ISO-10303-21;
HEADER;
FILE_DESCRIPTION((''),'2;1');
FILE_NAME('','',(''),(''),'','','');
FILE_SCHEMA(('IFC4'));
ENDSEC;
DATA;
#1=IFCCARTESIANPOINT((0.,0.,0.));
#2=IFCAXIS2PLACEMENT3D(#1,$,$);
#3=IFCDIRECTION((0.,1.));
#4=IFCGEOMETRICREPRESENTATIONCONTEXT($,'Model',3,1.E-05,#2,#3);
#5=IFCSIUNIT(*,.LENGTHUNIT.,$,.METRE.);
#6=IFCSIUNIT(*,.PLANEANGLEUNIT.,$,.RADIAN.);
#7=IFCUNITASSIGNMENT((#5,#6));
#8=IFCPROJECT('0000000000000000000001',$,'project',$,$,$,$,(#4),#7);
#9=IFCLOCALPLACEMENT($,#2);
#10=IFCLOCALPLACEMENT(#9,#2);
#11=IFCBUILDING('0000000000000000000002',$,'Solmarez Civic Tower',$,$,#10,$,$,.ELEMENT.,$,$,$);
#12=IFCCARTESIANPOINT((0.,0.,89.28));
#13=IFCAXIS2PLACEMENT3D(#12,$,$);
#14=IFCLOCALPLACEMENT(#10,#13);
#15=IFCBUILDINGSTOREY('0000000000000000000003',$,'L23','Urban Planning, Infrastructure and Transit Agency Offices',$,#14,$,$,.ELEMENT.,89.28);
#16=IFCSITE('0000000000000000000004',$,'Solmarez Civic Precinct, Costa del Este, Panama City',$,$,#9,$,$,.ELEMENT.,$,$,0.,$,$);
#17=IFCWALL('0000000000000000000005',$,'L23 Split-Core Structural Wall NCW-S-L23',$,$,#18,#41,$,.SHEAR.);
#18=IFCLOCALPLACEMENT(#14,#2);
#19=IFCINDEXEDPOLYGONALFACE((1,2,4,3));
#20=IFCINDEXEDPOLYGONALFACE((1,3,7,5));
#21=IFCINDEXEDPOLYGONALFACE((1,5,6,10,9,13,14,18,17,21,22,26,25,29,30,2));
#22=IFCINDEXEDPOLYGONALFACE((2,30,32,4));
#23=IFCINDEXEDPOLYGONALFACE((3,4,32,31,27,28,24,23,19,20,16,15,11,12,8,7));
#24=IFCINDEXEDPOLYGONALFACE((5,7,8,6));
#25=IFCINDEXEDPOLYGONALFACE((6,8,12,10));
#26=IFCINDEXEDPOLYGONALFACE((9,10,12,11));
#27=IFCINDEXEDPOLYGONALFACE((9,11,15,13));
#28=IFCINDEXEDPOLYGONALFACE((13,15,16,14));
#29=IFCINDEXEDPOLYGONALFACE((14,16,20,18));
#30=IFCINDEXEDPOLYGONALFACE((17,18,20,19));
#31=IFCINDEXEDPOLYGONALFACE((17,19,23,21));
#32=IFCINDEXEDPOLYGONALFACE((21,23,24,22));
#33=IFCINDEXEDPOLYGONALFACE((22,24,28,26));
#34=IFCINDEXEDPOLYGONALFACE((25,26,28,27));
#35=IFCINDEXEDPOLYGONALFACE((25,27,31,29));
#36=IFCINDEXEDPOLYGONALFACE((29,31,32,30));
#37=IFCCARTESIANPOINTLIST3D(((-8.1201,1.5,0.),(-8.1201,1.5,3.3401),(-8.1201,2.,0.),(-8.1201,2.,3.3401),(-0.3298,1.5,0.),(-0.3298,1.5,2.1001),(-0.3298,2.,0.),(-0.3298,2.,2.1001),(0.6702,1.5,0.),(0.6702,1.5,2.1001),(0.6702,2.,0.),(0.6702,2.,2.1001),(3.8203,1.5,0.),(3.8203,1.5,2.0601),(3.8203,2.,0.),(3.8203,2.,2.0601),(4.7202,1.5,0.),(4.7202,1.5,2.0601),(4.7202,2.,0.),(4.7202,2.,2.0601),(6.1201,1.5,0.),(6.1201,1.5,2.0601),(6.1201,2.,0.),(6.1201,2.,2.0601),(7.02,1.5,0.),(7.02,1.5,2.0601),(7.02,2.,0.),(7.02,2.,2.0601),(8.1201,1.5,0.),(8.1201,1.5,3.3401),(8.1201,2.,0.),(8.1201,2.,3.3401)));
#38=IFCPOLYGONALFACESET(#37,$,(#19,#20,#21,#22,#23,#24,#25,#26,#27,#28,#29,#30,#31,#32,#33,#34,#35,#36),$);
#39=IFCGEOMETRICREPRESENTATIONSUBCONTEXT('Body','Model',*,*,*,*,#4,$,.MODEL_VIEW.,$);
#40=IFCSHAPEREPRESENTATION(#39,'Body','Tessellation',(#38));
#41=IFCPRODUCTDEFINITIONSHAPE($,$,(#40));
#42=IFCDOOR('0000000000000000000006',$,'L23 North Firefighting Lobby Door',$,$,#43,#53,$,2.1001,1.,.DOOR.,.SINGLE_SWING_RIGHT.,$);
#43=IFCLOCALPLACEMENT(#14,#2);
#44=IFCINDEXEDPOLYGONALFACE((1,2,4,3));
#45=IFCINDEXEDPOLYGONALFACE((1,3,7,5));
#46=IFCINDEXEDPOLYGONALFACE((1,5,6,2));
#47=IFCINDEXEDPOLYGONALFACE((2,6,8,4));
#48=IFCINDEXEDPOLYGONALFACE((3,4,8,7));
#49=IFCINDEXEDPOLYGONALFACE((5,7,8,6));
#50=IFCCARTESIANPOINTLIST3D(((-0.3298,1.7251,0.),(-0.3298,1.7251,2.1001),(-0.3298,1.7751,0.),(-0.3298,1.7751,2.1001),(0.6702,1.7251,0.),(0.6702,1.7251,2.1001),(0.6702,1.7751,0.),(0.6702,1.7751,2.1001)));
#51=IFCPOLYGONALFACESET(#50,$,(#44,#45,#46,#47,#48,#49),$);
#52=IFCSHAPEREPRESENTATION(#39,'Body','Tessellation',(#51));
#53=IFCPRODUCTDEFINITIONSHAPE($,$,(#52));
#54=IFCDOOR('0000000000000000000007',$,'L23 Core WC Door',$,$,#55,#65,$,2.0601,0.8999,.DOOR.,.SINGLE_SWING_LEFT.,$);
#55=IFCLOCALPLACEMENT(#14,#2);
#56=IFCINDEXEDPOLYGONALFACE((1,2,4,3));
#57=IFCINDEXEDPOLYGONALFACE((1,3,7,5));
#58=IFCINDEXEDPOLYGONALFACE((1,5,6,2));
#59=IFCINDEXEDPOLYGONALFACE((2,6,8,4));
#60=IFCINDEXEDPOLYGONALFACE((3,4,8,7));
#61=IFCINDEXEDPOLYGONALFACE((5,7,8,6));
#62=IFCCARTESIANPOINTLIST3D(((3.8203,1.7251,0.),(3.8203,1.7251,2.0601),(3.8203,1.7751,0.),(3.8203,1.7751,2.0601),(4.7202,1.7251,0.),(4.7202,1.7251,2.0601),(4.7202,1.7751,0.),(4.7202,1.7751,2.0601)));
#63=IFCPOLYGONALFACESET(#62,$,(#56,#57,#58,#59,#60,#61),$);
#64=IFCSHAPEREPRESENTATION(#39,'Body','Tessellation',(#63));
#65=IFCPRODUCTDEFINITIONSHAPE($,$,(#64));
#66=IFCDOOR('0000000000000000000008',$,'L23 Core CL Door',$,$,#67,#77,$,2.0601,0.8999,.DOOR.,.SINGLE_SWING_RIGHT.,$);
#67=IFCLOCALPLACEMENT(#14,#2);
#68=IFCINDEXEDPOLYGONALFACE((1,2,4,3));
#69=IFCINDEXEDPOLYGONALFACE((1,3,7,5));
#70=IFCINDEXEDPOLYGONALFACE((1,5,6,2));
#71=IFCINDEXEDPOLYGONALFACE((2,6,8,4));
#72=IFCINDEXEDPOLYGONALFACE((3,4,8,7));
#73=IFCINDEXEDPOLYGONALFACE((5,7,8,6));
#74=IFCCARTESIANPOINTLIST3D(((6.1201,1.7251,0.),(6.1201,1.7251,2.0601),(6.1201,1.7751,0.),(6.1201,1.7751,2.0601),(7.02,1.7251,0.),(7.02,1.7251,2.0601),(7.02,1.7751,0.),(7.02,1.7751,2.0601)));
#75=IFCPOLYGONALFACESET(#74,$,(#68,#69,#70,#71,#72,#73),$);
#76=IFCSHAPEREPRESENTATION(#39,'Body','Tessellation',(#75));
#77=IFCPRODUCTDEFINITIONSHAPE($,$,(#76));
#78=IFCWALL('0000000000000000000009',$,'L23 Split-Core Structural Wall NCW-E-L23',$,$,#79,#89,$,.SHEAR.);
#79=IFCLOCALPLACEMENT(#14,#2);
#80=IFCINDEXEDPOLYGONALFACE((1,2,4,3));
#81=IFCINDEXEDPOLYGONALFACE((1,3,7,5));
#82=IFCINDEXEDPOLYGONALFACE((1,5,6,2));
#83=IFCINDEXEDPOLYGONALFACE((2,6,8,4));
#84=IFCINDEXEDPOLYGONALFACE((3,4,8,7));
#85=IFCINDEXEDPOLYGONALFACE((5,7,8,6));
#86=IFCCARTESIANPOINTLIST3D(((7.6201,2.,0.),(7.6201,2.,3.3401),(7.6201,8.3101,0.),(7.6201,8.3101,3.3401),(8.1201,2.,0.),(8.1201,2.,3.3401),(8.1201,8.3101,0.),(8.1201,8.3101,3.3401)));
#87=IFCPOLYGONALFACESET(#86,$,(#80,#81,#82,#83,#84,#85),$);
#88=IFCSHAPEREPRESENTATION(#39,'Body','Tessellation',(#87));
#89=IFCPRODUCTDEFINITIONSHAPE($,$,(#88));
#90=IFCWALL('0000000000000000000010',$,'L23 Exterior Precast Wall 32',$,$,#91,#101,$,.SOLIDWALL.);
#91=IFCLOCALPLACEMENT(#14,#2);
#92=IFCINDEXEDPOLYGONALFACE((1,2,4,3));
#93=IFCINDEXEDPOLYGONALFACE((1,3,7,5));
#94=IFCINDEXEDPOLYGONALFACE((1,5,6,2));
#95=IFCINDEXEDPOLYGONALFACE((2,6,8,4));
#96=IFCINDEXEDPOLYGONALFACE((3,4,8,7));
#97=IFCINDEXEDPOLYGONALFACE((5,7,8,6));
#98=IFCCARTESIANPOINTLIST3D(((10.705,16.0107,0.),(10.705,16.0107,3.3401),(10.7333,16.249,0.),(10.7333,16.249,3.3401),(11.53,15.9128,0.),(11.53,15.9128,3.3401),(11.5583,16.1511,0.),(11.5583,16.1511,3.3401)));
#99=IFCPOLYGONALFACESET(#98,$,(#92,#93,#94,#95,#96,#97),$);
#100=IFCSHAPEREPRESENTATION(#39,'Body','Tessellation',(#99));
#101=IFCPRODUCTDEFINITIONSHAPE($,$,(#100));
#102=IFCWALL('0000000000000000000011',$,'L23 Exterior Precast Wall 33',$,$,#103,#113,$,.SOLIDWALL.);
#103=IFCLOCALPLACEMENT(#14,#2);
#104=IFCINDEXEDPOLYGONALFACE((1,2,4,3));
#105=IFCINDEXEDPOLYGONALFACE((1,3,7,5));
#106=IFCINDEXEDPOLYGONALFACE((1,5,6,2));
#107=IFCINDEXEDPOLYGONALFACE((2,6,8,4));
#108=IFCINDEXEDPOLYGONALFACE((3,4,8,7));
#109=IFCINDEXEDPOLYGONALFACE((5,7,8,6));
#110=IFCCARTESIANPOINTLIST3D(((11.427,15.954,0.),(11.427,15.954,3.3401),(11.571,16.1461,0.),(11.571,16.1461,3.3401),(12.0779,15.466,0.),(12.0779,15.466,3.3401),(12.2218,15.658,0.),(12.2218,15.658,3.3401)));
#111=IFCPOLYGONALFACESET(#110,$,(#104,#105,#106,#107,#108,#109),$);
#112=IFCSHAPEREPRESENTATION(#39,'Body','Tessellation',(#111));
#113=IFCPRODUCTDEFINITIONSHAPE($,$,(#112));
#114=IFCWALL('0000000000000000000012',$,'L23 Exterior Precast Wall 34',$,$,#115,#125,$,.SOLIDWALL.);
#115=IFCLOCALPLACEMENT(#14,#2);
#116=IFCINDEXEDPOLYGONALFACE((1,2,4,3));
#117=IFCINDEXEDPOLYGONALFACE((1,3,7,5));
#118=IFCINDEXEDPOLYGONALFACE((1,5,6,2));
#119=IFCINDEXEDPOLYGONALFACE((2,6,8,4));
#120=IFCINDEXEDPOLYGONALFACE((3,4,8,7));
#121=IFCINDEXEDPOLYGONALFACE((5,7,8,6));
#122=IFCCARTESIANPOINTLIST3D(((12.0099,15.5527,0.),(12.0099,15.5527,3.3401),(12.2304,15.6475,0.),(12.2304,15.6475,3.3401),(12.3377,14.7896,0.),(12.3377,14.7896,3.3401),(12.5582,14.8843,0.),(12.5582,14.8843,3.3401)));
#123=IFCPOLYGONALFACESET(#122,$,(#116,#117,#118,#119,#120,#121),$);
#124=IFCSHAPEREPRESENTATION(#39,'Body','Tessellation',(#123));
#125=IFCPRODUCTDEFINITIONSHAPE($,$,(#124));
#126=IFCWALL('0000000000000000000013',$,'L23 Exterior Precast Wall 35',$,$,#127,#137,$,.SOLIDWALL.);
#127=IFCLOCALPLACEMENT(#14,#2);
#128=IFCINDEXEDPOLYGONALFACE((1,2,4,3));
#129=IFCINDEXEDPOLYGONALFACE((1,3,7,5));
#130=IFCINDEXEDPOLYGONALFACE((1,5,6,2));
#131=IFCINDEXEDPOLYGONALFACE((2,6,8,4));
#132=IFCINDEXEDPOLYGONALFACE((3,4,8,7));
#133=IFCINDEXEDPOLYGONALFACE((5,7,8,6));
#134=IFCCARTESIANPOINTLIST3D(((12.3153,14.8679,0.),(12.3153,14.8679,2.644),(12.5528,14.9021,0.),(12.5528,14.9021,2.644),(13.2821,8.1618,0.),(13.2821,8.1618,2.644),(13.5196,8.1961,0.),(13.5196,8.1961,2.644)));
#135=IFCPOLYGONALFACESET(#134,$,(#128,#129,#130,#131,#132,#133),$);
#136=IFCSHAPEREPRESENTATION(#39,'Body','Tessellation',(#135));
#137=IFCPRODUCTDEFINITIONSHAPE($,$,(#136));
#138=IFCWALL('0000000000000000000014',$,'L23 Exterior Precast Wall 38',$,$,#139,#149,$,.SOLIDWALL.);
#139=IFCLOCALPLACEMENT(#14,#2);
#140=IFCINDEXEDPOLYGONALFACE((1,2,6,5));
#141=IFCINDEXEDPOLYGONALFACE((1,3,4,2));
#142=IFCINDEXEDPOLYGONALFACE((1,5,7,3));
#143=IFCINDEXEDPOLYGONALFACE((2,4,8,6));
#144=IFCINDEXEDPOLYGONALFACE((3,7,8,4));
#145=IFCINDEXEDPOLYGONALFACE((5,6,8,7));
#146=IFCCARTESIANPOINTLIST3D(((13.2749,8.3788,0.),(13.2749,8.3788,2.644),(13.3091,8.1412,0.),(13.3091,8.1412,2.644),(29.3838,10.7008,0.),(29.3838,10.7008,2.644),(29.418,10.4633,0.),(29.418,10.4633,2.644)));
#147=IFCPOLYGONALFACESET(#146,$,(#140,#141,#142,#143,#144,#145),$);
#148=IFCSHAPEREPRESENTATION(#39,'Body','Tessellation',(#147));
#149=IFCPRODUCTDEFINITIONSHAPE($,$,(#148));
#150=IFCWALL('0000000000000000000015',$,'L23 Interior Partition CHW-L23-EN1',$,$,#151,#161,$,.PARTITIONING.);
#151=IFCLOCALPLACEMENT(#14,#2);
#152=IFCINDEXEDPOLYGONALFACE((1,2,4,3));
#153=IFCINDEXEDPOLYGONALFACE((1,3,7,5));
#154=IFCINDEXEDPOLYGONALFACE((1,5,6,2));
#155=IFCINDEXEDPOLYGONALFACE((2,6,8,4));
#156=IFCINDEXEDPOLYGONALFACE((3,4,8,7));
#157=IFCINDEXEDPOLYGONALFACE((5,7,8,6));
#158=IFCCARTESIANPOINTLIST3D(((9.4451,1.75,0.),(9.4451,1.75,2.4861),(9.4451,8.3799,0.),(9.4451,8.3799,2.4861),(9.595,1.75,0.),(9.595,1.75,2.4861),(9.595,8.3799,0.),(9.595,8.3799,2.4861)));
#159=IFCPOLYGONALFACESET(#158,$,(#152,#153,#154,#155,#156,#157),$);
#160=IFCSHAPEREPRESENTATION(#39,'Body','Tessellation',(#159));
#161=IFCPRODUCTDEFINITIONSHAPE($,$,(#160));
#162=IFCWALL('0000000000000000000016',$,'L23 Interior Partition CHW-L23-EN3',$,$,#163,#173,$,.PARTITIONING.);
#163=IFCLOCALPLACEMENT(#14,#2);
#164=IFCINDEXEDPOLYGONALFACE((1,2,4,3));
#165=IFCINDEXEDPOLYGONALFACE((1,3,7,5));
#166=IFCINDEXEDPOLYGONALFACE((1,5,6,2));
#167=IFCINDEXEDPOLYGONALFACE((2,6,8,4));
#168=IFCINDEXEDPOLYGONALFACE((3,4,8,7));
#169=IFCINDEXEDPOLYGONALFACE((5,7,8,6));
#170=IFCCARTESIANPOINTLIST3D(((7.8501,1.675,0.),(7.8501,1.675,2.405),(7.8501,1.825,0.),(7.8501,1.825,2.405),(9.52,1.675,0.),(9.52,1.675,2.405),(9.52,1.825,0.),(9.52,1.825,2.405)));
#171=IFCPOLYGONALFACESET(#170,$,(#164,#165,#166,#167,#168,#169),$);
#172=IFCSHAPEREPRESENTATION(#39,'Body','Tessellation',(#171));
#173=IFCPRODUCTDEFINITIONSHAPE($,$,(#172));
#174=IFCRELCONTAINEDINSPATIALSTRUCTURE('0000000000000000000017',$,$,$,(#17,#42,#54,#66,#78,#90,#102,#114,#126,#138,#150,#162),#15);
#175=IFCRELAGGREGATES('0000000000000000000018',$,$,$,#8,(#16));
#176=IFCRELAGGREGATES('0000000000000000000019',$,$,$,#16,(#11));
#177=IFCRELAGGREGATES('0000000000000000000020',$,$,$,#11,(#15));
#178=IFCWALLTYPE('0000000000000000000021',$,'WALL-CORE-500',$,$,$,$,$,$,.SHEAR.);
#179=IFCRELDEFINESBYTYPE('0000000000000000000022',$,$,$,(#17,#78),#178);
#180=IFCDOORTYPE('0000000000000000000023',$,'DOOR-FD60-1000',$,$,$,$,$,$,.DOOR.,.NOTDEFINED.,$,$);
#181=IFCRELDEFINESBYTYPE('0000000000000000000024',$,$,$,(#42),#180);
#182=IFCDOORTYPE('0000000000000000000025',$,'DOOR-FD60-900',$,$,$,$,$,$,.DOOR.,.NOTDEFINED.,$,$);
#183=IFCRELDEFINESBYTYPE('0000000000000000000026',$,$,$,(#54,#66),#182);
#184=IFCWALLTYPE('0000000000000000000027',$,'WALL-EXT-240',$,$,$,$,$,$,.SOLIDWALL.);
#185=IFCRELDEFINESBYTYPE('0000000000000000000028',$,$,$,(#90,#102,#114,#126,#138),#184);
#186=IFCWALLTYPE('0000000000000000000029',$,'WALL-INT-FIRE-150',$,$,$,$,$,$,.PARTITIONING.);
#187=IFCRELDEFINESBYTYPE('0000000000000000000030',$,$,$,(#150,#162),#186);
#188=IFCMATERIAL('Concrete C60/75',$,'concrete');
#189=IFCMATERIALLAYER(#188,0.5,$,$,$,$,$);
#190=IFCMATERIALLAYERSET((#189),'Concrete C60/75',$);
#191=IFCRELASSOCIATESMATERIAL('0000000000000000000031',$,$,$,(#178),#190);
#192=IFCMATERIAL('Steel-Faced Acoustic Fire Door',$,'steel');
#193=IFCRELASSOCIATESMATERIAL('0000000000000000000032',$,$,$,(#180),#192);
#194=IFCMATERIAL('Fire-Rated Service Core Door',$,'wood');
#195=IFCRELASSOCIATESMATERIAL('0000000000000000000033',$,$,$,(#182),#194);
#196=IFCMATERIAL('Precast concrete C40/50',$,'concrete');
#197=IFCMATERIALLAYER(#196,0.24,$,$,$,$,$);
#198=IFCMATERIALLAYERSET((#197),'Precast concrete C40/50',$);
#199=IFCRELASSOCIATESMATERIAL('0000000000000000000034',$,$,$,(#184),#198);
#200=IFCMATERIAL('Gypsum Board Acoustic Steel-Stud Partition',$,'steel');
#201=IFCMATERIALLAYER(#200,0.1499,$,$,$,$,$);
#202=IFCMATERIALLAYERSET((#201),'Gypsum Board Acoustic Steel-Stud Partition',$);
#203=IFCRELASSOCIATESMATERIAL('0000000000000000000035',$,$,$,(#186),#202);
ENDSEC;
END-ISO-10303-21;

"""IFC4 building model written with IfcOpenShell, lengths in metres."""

from ifc_helpers import new_model, si_unit, direction, frame, frame_2d, origin, place, context, subcontext, project, spatial, rectangle, extrude, material, layer, layer_set, type_object, element, fill, save


model = new_model("IFC4")

# Units and contexts
model_context = context("Model", 3, precision=1e-05, world=origin(), true_north=direction((0.0, 1.0)))
body_context = subcontext(model_context, "Body", "Model", "MODEL_VIEW")
ifc_project = project(units=[si_unit("LENGTHUNIT", "METRE"), si_unit("PLANEANGLEUNIT", "RADIAN")], contexts=[model_context])

# Site, building, storey
site_placement = place(None, origin())
site = spatial("IfcSite", under=ifc_project, at=site_placement, Name="Solmarez Civic Precinct, Costa del Este, Panama City", CompositionType="ELEMENT", RefElevation=0.0)
building_placement = place(site_placement, origin())
building = spatial("IfcBuilding", under=site, at=building_placement, Name="Solmarez Civic Tower", CompositionType="ELEMENT")
storey_placement = place(building_placement, frame((0.0, 0.0, 89.28)))
storey = spatial("IfcBuildingStorey", under=building, at=storey_placement, Name="L23", Description="Urban Planning, Infrastructure and Transit Agency Offices", CompositionType="ELEMENT", Elevation=89.28)

# Shared definitions
ifc_material_1 = material(Name="Concrete C60/75", Category="concrete")

# Wall, openings, doors
ifc_layer_1 = layer(ifc_material_1, 0.5)
ifc_layer_set_1 = layer_set([ifc_layer_1], Name="Concrete C60/75")
wall_type_1 = type_object("IfcWallType", Name="WALL-CORE-500", PredefinedType="SHEAR", material=ifc_layer_set_1)
wall_1_placement = place(storey_placement, frame((8.1201, 1.75, 0.0), z_axis=(0.0, 0.0, 1.0), x_axis=(-1.0, 0.0, 0.0)))
wall_1 = element("IfcWall", 1, at=wall_1_placement, inside=storey, type_object=wall_type_1, Name="L23 Split-Core Structural Wall NCW-S-L23", PredefinedType="SHEAR", context=body_context, shape_type="SweptSolid", body=[
    extrude(rectangle(XDim=16.2402, YDim=0.5, at=frame_2d((8.1201, 0.0))), origin(), (0.0, 0.0, 1.0), 3.3401),
])
opening_1_placement = place(wall_1_placement, frame((7.45, 0.0, 0.0)))
opening_1 = element("IfcOpeningElement", 2, at=opening_1_placement, cuts=wall_1, PredefinedType="OPENING", context=body_context, shape_type="SweptSolid", body=[
    extrude(rectangle(XDim=1.0, YDim=2.1001, at=frame_2d((0.5, 1.05))), frame((0.0, 0.26, 0.0), z_axis=(0.0, -1.0, 0.0), x_axis=(1.0, 0.0, 0.0)), (0.0, 0.0, 1.0), 0.52),
])
opening_2_placement = place(wall_1_placement, frame((3.3999, 0.0, 0.0)))
opening_2 = element("IfcOpeningElement", 3, at=opening_2_placement, cuts=wall_1, PredefinedType="OPENING", context=body_context, shape_type="SweptSolid", body=[
    extrude(rectangle(XDim=0.8999, YDim=2.0601, at=frame_2d((0.45, 1.03))), frame((0.0, 0.26, 0.0), z_axis=(0.0, -1.0, 0.0), x_axis=(1.0, 0.0, 0.0)), (0.0, 0.0, 1.0), 0.52),
])
opening_3_placement = place(wall_1_placement, frame((1.1001, 0.0, 0.0)))
opening_3 = element("IfcOpeningElement", 4, at=opening_3_placement, cuts=wall_1, PredefinedType="OPENING", context=body_context, shape_type="SweptSolid", body=[
    extrude(rectangle(XDim=0.8999, YDim=2.0601, at=frame_2d((0.45, 1.03))), frame((0.0, 0.26, 0.0), z_axis=(0.0, -1.0, 0.0), x_axis=(1.0, 0.0, 0.0)), (0.0, 0.0, 1.0), 0.52),
])
ifc_material_2 = material(Name="Steel-Faced Acoustic Fire Door", Category="steel")
door_type_1 = type_object("IfcDoorType", Name="DOOR-FD60-1000", OperationType="NOTDEFINED", PredefinedType="DOOR", material=ifc_material_2)
door_1_placement = place(opening_1_placement, origin())
door_1 = element("IfcDoor", 5, at=door_1_placement, inside=storey, type_object=door_type_1, Name="L23 North Firefighting Lobby Door", OperationType="SINGLE_SWING_RIGHT", OverallHeight=2.1001, OverallWidth=1.0, PredefinedType="DOOR", context=body_context, shape_type="SweptSolid", body=[
    extrude(rectangle(XDim=1.0, YDim=2.1001, at=frame_2d((0.5, 1.05))), frame((0.0, 0.0249, 0.0), z_axis=(0.0, -1.0, 0.0), x_axis=(1.0, 0.0, 0.0)), (0.0, 0.0, 1.0), 0.05),
])
fill(opening_1, door_1)
ifc_material_3 = material(Name="Fire-Rated Service Core Door", Category="wood")
door_type_2 = type_object("IfcDoorType", Name="DOOR-FD60-900", OperationType="NOTDEFINED", PredefinedType="DOOR", material=ifc_material_3)
door_2_placement = place(opening_2_placement, origin())
door_2 = element("IfcDoor", 6, at=door_2_placement, inside=storey, type_object=door_type_2, Name="L23 Core WC Door", OperationType="SINGLE_SWING_LEFT", OverallHeight=2.0601, OverallWidth=0.8999, PredefinedType="DOOR", context=body_context, shape_type="SweptSolid", body=[
    extrude(rectangle(XDim=0.8999, YDim=2.0601, at=frame_2d((0.45, 1.03))), frame((0.0, 0.0249, 0.0), z_axis=(0.0, -1.0, 0.0), x_axis=(1.0, 0.0, 0.0)), (0.0, 0.0, 1.0), 0.05),
])
fill(opening_2, door_2)
door_3_placement = place(opening_3_placement, origin())
door_3 = element("IfcDoor", 7, at=door_3_placement, inside=storey, type_object=door_type_2, Name="L23 Core CL Door", OperationType="SINGLE_SWING_RIGHT", OverallHeight=2.0601, OverallWidth=0.8999, PredefinedType="DOOR", context=body_context, shape_type="SweptSolid", body=[
    extrude(rectangle(XDim=0.8999, YDim=2.0601, at=frame_2d((0.45, 1.03))), frame((0.0, 0.0249, 0.0), z_axis=(0.0, -1.0, 0.0), x_axis=(1.0, 0.0, 0.0)), (0.0, 0.0, 1.0), 0.05),
])
fill(opening_3, door_3)

# Walls
wall_2_placement = place(storey_placement, frame((7.8701, 8.3101, 0.0), z_axis=(0.0, 0.0, 1.0), x_axis=(0.0, -1.0, 0.0)))
element("IfcWall", 8, at=wall_2_placement, inside=storey, type_object=wall_type_1, Name="L23 Split-Core Structural Wall NCW-E-L23", PredefinedType="SHEAR", context=body_context, shape_type="SweptSolid", body=[
    extrude(rectangle(XDim=6.3101, YDim=0.5, at=frame_2d((3.155, 0.0))), origin(), (0.0, 0.0, 1.0), 3.3401),
])
ifc_material_4 = material(Name="Precast concrete C40/50", Category="concrete")
ifc_layer_2 = layer(ifc_material_4, 0.24)
ifc_layer_set_2 = layer_set([ifc_layer_2], Name="Precast concrete C40/50")
wall_type_2 = type_object("IfcWallType", Name="WALL-EXT-240", PredefinedType="SOLIDWALL", material=ifc_layer_set_2)
wall_3_placement = place(storey_placement, frame((10.719, 16.1299, 0.0), z_axis=(0.0, 0.0, 1.0), x_axis=(0.993032, -0.117847, 0.0)))
element("IfcWall", 9, at=wall_3_placement, inside=storey, type_object=wall_type_2, Name="L23 Exterior Precast Wall 32", PredefinedType="SOLIDWALL", context=body_context, shape_type="SweptSolid", body=[
    extrude(rectangle(XDim=0.8308, YDim=0.24, at=frame_2d((0.4155, 0.0))), origin(), (0.0, 0.0, 1.0), 3.3401),
])
wall_4_placement = place(storey_placement, frame((11.499, 16.05, 0.0), z_axis=(0.0, 0.0, 1.0), x_axis=(0.800072, -0.599904, 0.0)))
element("IfcWall", 10, at=wall_4_placement, inside=storey, type_object=wall_type_2, Name="L23 Exterior Precast Wall 33", PredefinedType="SOLIDWALL", context=body_context, shape_type="SweptSolid", body=[
    extrude(rectangle(XDim=0.8135, YDim=0.24, at=frame_2d((0.4067, 0.0))), origin(), (0.0, 0.0, 1.0), 3.3401),
])
wall_5_placement = place(storey_placement, frame((12.1201, 15.6001, 0.0), z_axis=(0.0, 0.0, 1.0), x_axis=(0.394735, -0.918795, 0.0)))
element("IfcWall", 11, at=wall_5_placement, inside=storey, type_object=wall_type_2, Name="L23 Exterior Precast Wall 34", PredefinedType="SOLIDWALL", context=body_context, shape_type="SweptSolid", body=[
    extrude(rectangle(XDim=0.8306, YDim=0.24, at=frame_2d((0.4153, 0.0))), origin(), (0.0, 0.0, 1.0), 3.3401),
])
wall_6_placement = place(storey_placement, frame((12.4341, 14.885, 0.0), z_axis=(0.0, 0.0, 1.0), x_axis=(0.142693, -0.989767, 0.0)))
element("IfcWall", 12, at=wall_6_placement, inside=storey, type_object=wall_type_2, Name="L23 Exterior Precast Wall 35", PredefinedType="SOLIDWALL", context=body_context, shape_type="SweptSolid", body=[
    extrude(rectangle(XDim=6.7754, YDim=0.24, at=frame_2d((3.3877, 0.0))), origin(), (0.0, 0.0, 1.0), 2.644),
])
wall_7_placement = place(storey_placement, frame((13.292, 8.26, 0.0), z_axis=(0.0, 0.0, 1.0), x_axis=(0.98977, 0.142671, 0.0)))
element("IfcWall", 13, at=wall_7_placement, inside=storey, type_object=wall_type_2, Name="L23 Exterior Precast Wall 38", PredefinedType="SOLIDWALL", context=body_context, shape_type="SweptSolid", body=[
    extrude(rectangle(XDim=16.2754, YDim=0.24, at=frame_2d((8.1377, 0.0))), origin(), (0.0, 0.0, 1.0), 2.644),
])
ifc_material_5 = material(Name="Gypsum Board Acoustic Steel-Stud Partition", Category="steel")
ifc_layer_3 = layer(ifc_material_5, 0.1499)
ifc_layer_set_3 = layer_set([ifc_layer_3], Name="Gypsum Board Acoustic Steel-Stud Partition")
wall_type_3 = type_object("IfcWallType", Name="WALL-INT-FIRE-150", PredefinedType="PARTITIONING", material=ifc_layer_set_3)
wall_8_placement = place(storey_placement, frame((9.52, 1.75, 0.0), z_axis=(0.0, 0.0, 1.0), x_axis=(0.0, 1.0, 0.0)))
element("IfcWall", 14, at=wall_8_placement, inside=storey, type_object=wall_type_3, Name="L23 Interior Partition CHW-L23-EN1", PredefinedType="PARTITIONING", context=body_context, shape_type="SweptSolid", body=[
    extrude(rectangle(XDim=6.6299, YDim=0.1499, at=frame_2d((3.3149, 0.0))), origin(), (0.0, 0.0, 1.0), 2.4861),
])
wall_9_placement = place(storey_placement, frame((7.8501, 1.75, 0.0), z_axis=(0.0, 0.0, 1.0), x_axis=(1.0, 0.0, 0.0)))
element("IfcWall", 15, at=wall_9_placement, inside=storey, type_object=wall_type_3, Name="L23 Interior Partition CHW-L23-EN3", PredefinedType="PARTITIONING", context=body_context, shape_type="SweptSolid", body=[
    extrude(rectangle(XDim=1.6699, YDim=0.1499, at=frame_2d((0.835, 0.0))), origin(), (0.0, 0.0, 1.0), 2.405),
])

save(model, "model.ifc")
